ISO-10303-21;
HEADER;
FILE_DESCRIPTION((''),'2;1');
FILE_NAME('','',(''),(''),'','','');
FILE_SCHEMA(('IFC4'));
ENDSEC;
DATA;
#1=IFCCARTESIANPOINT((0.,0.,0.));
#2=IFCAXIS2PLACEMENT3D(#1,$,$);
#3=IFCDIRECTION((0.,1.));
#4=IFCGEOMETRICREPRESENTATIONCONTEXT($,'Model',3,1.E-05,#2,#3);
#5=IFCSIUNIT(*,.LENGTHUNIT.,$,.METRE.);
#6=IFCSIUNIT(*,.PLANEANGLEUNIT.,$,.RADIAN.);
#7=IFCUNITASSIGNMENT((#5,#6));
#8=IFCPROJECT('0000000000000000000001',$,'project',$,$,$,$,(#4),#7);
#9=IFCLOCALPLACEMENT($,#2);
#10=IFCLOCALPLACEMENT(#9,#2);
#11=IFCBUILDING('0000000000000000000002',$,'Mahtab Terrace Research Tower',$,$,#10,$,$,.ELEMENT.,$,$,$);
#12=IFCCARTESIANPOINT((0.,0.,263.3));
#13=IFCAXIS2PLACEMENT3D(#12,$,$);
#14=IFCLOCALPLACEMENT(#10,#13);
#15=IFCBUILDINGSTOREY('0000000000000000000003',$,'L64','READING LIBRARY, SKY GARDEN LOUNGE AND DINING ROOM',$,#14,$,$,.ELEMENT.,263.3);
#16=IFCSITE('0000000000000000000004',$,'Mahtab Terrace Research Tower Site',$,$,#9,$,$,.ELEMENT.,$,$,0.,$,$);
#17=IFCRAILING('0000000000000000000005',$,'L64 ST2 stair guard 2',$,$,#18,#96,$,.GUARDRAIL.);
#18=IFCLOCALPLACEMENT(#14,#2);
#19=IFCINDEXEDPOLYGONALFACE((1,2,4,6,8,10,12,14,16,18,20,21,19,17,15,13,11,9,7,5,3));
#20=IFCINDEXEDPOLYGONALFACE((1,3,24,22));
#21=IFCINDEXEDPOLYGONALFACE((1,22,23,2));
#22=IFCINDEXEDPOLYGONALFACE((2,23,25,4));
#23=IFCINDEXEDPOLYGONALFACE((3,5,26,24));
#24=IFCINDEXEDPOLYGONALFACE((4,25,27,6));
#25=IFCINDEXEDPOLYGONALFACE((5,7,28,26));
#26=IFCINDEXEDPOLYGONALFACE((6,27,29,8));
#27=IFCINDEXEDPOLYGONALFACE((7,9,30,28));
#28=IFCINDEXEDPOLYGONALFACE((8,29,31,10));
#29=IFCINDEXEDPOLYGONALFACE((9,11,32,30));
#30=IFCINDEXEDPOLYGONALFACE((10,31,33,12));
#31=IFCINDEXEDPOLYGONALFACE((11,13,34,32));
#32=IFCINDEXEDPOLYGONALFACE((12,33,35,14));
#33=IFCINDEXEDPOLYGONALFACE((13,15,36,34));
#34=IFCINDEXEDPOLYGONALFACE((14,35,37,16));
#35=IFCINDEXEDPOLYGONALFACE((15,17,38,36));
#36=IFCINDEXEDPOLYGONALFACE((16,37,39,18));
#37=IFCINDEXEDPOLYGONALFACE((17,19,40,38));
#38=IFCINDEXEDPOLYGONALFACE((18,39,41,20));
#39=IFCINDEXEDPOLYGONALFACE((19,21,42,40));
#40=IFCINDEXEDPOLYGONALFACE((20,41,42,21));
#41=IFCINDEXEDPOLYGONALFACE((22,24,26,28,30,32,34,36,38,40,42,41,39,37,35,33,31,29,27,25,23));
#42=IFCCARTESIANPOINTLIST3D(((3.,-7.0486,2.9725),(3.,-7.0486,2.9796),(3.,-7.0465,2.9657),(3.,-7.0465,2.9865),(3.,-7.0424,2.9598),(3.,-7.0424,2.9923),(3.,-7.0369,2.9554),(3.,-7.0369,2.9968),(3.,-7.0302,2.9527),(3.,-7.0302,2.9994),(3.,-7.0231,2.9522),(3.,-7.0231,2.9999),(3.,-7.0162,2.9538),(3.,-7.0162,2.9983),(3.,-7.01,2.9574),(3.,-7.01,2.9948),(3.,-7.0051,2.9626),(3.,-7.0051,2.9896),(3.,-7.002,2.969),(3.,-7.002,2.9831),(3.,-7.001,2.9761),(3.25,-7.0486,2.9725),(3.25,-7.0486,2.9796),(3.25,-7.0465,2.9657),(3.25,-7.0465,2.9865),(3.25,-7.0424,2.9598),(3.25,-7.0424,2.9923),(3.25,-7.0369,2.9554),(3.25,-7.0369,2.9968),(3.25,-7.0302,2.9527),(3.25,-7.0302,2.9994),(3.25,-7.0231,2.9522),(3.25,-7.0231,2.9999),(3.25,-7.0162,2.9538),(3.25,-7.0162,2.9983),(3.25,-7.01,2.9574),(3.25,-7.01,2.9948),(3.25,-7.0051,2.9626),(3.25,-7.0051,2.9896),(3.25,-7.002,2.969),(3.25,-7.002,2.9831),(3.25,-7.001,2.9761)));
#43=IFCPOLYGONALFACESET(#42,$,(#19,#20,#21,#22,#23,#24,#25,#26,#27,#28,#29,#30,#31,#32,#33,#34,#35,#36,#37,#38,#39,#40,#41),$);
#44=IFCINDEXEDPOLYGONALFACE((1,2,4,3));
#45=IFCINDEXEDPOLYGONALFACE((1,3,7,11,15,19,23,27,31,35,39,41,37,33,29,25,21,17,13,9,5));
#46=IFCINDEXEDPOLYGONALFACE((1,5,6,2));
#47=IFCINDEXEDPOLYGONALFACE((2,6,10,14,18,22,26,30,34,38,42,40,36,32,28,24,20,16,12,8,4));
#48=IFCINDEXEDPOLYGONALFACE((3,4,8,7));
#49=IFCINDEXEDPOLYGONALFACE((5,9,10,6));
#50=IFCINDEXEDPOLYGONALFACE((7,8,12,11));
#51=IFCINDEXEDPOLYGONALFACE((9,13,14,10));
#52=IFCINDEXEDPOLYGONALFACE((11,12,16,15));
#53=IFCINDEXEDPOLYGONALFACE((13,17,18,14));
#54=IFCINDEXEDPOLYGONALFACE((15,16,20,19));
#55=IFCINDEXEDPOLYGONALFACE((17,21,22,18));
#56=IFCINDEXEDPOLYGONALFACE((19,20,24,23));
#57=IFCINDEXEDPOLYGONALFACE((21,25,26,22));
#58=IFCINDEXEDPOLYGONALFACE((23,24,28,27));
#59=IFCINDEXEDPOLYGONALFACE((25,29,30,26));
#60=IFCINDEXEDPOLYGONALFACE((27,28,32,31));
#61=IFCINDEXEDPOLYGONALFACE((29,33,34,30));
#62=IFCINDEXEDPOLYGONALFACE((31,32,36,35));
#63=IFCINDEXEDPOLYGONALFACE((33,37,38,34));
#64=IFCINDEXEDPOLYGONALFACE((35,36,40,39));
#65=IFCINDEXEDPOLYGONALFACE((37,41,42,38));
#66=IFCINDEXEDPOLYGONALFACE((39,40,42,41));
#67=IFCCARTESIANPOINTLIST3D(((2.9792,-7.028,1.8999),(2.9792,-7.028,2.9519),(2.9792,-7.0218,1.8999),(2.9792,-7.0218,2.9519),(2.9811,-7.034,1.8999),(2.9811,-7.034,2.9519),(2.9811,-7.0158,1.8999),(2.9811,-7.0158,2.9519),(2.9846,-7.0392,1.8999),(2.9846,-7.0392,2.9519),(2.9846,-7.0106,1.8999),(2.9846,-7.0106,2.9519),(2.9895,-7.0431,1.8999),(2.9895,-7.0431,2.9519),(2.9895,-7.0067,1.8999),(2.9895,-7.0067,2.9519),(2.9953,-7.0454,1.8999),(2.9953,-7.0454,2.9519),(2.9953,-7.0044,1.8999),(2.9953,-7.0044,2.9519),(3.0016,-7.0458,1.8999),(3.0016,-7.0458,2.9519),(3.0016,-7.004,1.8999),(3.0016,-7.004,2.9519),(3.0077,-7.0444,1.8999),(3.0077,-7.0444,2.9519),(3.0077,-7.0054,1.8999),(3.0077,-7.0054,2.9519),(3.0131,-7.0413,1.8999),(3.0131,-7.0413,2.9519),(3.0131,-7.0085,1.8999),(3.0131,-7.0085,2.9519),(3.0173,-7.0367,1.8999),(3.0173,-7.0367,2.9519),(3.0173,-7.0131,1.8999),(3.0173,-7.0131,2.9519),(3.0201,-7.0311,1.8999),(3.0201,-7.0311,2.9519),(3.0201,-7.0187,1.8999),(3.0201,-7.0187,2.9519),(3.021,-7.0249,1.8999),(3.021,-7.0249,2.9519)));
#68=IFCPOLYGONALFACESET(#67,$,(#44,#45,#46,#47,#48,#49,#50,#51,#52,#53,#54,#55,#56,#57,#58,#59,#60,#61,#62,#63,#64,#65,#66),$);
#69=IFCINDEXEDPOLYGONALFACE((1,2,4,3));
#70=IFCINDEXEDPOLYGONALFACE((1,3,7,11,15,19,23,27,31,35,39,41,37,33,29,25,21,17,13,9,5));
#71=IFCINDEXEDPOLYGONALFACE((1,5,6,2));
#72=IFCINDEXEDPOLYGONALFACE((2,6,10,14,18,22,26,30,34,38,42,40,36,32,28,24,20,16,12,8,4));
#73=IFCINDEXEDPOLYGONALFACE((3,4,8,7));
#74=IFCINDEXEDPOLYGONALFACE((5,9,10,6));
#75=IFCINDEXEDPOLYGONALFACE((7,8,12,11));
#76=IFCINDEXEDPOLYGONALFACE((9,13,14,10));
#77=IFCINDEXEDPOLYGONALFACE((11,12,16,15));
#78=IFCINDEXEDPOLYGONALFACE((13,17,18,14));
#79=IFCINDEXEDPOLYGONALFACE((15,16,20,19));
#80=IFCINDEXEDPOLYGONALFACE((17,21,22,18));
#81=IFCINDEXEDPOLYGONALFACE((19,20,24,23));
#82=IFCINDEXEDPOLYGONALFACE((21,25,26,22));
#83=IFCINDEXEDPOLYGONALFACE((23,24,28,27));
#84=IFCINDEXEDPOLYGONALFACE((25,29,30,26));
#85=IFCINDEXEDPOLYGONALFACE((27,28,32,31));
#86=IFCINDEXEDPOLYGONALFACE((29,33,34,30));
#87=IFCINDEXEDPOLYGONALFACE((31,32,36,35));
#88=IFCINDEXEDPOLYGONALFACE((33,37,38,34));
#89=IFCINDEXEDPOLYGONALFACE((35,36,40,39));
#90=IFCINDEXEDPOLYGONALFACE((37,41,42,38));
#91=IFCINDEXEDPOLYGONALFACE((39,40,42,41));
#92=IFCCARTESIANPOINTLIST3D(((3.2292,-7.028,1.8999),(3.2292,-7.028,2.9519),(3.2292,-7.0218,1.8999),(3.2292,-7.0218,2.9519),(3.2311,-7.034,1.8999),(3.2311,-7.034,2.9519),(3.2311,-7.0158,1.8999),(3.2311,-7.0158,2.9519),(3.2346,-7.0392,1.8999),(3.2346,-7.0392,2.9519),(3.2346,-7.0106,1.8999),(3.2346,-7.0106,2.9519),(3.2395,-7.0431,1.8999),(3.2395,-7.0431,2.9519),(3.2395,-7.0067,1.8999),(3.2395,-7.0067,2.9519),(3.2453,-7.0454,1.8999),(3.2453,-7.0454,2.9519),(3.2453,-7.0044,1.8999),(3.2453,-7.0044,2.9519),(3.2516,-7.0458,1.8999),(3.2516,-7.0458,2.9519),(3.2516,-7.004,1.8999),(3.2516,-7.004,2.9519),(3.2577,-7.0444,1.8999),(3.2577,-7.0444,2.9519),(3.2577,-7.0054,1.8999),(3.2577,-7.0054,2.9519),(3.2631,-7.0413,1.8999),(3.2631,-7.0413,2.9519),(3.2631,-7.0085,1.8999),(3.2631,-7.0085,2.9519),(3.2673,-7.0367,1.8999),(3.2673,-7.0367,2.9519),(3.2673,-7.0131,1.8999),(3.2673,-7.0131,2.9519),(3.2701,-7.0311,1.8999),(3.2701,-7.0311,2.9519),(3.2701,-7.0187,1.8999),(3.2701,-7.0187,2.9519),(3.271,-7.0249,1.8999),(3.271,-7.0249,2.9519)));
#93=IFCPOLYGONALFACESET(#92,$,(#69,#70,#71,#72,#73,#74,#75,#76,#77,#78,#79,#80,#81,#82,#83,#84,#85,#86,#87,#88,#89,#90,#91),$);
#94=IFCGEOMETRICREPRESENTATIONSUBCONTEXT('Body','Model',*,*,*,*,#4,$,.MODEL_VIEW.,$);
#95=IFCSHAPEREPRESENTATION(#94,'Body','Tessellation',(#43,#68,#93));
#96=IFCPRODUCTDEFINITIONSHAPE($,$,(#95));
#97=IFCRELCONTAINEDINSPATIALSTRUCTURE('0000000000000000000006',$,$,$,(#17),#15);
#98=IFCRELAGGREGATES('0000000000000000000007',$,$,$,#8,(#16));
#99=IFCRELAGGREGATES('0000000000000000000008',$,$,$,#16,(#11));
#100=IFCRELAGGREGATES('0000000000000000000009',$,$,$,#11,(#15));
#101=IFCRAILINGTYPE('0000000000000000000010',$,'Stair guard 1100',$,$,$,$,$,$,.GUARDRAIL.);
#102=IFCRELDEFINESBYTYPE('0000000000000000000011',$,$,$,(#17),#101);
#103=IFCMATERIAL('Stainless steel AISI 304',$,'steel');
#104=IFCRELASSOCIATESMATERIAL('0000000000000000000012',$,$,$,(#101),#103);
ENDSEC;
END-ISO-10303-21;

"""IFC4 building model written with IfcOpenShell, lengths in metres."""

from ifc_helpers import new_model, si_unit, direction, frame, origin, origin_2d, place, context, subcontext, project, spatial, circle, extrude, material, type_object, element, save


model = new_model("IFC4")

# Units and contexts
model_context = context("Model", 3, precision=1e-05, world=origin(), true_north=direction((0.0, 1.0)))
body_context = subcontext(model_context, "Body", "Model", "MODEL_VIEW")
ifc_project = project(units=[si_unit("LENGTHUNIT", "METRE"), si_unit("PLANEANGLEUNIT", "RADIAN")], contexts=[model_context])

# Site, building, storey
site_placement = place(None, origin())
site = spatial("IfcSite", under=ifc_project, at=site_placement, Name="Mahtab Terrace Research Tower Site", CompositionType="ELEMENT", RefElevation=0.0)
building_placement = place(site_placement, origin())
building = spatial("IfcBuilding", under=site, at=building_placement, Name="Mahtab Terrace Research Tower", CompositionType="ELEMENT")
storey_placement = place(building_placement, frame((0.0, 0.0, 263.3)))
storey = spatial("IfcBuildingStorey", under=building, at=storey_placement, Name="L64", Description="READING LIBRARY, SKY GARDEN LOUNGE AND DINING ROOM", CompositionType="ELEMENT", Elevation=263.3)

# Railing
ifc_material_1 = material(Name="Stainless steel AISI 304", Category="steel")
railing_type_1 = type_object("IfcRailingType", Name="Stair guard 1100", PredefinedType="GUARDRAIL", material=ifc_material_1)
railing_1_placement = place(storey_placement, frame((3.0, -7.0249, 1.8999)))
element("IfcRailing", 1, at=railing_1_placement, inside=storey, type_object=railing_type_1, Name="L64 ST2 stair guard 2", PredefinedType="GUARDRAIL", context=body_context, shape_type="SweptSolid", body=[
    extrude(circle(Radius=0.0239, at=origin_2d()), frame((0.0, 0.0, 1.0762), z_axis=(1.0, 0.0, 0.0), x_axis=(0.0, 1.0, 0.0)), (0.0, 0.0, 1.0), 0.25),
    extrude(circle(Radius=0.021, at=origin_2d()), origin(), (0.0, 0.0, 1.0), 1.052),
    extrude(circle(Radius=0.021, at=origin_2d()), frame((0.25, 0.0, 0.0)), (0.0, 0.0, 1.0), 1.052),
])

save(model, "model.ifc")
